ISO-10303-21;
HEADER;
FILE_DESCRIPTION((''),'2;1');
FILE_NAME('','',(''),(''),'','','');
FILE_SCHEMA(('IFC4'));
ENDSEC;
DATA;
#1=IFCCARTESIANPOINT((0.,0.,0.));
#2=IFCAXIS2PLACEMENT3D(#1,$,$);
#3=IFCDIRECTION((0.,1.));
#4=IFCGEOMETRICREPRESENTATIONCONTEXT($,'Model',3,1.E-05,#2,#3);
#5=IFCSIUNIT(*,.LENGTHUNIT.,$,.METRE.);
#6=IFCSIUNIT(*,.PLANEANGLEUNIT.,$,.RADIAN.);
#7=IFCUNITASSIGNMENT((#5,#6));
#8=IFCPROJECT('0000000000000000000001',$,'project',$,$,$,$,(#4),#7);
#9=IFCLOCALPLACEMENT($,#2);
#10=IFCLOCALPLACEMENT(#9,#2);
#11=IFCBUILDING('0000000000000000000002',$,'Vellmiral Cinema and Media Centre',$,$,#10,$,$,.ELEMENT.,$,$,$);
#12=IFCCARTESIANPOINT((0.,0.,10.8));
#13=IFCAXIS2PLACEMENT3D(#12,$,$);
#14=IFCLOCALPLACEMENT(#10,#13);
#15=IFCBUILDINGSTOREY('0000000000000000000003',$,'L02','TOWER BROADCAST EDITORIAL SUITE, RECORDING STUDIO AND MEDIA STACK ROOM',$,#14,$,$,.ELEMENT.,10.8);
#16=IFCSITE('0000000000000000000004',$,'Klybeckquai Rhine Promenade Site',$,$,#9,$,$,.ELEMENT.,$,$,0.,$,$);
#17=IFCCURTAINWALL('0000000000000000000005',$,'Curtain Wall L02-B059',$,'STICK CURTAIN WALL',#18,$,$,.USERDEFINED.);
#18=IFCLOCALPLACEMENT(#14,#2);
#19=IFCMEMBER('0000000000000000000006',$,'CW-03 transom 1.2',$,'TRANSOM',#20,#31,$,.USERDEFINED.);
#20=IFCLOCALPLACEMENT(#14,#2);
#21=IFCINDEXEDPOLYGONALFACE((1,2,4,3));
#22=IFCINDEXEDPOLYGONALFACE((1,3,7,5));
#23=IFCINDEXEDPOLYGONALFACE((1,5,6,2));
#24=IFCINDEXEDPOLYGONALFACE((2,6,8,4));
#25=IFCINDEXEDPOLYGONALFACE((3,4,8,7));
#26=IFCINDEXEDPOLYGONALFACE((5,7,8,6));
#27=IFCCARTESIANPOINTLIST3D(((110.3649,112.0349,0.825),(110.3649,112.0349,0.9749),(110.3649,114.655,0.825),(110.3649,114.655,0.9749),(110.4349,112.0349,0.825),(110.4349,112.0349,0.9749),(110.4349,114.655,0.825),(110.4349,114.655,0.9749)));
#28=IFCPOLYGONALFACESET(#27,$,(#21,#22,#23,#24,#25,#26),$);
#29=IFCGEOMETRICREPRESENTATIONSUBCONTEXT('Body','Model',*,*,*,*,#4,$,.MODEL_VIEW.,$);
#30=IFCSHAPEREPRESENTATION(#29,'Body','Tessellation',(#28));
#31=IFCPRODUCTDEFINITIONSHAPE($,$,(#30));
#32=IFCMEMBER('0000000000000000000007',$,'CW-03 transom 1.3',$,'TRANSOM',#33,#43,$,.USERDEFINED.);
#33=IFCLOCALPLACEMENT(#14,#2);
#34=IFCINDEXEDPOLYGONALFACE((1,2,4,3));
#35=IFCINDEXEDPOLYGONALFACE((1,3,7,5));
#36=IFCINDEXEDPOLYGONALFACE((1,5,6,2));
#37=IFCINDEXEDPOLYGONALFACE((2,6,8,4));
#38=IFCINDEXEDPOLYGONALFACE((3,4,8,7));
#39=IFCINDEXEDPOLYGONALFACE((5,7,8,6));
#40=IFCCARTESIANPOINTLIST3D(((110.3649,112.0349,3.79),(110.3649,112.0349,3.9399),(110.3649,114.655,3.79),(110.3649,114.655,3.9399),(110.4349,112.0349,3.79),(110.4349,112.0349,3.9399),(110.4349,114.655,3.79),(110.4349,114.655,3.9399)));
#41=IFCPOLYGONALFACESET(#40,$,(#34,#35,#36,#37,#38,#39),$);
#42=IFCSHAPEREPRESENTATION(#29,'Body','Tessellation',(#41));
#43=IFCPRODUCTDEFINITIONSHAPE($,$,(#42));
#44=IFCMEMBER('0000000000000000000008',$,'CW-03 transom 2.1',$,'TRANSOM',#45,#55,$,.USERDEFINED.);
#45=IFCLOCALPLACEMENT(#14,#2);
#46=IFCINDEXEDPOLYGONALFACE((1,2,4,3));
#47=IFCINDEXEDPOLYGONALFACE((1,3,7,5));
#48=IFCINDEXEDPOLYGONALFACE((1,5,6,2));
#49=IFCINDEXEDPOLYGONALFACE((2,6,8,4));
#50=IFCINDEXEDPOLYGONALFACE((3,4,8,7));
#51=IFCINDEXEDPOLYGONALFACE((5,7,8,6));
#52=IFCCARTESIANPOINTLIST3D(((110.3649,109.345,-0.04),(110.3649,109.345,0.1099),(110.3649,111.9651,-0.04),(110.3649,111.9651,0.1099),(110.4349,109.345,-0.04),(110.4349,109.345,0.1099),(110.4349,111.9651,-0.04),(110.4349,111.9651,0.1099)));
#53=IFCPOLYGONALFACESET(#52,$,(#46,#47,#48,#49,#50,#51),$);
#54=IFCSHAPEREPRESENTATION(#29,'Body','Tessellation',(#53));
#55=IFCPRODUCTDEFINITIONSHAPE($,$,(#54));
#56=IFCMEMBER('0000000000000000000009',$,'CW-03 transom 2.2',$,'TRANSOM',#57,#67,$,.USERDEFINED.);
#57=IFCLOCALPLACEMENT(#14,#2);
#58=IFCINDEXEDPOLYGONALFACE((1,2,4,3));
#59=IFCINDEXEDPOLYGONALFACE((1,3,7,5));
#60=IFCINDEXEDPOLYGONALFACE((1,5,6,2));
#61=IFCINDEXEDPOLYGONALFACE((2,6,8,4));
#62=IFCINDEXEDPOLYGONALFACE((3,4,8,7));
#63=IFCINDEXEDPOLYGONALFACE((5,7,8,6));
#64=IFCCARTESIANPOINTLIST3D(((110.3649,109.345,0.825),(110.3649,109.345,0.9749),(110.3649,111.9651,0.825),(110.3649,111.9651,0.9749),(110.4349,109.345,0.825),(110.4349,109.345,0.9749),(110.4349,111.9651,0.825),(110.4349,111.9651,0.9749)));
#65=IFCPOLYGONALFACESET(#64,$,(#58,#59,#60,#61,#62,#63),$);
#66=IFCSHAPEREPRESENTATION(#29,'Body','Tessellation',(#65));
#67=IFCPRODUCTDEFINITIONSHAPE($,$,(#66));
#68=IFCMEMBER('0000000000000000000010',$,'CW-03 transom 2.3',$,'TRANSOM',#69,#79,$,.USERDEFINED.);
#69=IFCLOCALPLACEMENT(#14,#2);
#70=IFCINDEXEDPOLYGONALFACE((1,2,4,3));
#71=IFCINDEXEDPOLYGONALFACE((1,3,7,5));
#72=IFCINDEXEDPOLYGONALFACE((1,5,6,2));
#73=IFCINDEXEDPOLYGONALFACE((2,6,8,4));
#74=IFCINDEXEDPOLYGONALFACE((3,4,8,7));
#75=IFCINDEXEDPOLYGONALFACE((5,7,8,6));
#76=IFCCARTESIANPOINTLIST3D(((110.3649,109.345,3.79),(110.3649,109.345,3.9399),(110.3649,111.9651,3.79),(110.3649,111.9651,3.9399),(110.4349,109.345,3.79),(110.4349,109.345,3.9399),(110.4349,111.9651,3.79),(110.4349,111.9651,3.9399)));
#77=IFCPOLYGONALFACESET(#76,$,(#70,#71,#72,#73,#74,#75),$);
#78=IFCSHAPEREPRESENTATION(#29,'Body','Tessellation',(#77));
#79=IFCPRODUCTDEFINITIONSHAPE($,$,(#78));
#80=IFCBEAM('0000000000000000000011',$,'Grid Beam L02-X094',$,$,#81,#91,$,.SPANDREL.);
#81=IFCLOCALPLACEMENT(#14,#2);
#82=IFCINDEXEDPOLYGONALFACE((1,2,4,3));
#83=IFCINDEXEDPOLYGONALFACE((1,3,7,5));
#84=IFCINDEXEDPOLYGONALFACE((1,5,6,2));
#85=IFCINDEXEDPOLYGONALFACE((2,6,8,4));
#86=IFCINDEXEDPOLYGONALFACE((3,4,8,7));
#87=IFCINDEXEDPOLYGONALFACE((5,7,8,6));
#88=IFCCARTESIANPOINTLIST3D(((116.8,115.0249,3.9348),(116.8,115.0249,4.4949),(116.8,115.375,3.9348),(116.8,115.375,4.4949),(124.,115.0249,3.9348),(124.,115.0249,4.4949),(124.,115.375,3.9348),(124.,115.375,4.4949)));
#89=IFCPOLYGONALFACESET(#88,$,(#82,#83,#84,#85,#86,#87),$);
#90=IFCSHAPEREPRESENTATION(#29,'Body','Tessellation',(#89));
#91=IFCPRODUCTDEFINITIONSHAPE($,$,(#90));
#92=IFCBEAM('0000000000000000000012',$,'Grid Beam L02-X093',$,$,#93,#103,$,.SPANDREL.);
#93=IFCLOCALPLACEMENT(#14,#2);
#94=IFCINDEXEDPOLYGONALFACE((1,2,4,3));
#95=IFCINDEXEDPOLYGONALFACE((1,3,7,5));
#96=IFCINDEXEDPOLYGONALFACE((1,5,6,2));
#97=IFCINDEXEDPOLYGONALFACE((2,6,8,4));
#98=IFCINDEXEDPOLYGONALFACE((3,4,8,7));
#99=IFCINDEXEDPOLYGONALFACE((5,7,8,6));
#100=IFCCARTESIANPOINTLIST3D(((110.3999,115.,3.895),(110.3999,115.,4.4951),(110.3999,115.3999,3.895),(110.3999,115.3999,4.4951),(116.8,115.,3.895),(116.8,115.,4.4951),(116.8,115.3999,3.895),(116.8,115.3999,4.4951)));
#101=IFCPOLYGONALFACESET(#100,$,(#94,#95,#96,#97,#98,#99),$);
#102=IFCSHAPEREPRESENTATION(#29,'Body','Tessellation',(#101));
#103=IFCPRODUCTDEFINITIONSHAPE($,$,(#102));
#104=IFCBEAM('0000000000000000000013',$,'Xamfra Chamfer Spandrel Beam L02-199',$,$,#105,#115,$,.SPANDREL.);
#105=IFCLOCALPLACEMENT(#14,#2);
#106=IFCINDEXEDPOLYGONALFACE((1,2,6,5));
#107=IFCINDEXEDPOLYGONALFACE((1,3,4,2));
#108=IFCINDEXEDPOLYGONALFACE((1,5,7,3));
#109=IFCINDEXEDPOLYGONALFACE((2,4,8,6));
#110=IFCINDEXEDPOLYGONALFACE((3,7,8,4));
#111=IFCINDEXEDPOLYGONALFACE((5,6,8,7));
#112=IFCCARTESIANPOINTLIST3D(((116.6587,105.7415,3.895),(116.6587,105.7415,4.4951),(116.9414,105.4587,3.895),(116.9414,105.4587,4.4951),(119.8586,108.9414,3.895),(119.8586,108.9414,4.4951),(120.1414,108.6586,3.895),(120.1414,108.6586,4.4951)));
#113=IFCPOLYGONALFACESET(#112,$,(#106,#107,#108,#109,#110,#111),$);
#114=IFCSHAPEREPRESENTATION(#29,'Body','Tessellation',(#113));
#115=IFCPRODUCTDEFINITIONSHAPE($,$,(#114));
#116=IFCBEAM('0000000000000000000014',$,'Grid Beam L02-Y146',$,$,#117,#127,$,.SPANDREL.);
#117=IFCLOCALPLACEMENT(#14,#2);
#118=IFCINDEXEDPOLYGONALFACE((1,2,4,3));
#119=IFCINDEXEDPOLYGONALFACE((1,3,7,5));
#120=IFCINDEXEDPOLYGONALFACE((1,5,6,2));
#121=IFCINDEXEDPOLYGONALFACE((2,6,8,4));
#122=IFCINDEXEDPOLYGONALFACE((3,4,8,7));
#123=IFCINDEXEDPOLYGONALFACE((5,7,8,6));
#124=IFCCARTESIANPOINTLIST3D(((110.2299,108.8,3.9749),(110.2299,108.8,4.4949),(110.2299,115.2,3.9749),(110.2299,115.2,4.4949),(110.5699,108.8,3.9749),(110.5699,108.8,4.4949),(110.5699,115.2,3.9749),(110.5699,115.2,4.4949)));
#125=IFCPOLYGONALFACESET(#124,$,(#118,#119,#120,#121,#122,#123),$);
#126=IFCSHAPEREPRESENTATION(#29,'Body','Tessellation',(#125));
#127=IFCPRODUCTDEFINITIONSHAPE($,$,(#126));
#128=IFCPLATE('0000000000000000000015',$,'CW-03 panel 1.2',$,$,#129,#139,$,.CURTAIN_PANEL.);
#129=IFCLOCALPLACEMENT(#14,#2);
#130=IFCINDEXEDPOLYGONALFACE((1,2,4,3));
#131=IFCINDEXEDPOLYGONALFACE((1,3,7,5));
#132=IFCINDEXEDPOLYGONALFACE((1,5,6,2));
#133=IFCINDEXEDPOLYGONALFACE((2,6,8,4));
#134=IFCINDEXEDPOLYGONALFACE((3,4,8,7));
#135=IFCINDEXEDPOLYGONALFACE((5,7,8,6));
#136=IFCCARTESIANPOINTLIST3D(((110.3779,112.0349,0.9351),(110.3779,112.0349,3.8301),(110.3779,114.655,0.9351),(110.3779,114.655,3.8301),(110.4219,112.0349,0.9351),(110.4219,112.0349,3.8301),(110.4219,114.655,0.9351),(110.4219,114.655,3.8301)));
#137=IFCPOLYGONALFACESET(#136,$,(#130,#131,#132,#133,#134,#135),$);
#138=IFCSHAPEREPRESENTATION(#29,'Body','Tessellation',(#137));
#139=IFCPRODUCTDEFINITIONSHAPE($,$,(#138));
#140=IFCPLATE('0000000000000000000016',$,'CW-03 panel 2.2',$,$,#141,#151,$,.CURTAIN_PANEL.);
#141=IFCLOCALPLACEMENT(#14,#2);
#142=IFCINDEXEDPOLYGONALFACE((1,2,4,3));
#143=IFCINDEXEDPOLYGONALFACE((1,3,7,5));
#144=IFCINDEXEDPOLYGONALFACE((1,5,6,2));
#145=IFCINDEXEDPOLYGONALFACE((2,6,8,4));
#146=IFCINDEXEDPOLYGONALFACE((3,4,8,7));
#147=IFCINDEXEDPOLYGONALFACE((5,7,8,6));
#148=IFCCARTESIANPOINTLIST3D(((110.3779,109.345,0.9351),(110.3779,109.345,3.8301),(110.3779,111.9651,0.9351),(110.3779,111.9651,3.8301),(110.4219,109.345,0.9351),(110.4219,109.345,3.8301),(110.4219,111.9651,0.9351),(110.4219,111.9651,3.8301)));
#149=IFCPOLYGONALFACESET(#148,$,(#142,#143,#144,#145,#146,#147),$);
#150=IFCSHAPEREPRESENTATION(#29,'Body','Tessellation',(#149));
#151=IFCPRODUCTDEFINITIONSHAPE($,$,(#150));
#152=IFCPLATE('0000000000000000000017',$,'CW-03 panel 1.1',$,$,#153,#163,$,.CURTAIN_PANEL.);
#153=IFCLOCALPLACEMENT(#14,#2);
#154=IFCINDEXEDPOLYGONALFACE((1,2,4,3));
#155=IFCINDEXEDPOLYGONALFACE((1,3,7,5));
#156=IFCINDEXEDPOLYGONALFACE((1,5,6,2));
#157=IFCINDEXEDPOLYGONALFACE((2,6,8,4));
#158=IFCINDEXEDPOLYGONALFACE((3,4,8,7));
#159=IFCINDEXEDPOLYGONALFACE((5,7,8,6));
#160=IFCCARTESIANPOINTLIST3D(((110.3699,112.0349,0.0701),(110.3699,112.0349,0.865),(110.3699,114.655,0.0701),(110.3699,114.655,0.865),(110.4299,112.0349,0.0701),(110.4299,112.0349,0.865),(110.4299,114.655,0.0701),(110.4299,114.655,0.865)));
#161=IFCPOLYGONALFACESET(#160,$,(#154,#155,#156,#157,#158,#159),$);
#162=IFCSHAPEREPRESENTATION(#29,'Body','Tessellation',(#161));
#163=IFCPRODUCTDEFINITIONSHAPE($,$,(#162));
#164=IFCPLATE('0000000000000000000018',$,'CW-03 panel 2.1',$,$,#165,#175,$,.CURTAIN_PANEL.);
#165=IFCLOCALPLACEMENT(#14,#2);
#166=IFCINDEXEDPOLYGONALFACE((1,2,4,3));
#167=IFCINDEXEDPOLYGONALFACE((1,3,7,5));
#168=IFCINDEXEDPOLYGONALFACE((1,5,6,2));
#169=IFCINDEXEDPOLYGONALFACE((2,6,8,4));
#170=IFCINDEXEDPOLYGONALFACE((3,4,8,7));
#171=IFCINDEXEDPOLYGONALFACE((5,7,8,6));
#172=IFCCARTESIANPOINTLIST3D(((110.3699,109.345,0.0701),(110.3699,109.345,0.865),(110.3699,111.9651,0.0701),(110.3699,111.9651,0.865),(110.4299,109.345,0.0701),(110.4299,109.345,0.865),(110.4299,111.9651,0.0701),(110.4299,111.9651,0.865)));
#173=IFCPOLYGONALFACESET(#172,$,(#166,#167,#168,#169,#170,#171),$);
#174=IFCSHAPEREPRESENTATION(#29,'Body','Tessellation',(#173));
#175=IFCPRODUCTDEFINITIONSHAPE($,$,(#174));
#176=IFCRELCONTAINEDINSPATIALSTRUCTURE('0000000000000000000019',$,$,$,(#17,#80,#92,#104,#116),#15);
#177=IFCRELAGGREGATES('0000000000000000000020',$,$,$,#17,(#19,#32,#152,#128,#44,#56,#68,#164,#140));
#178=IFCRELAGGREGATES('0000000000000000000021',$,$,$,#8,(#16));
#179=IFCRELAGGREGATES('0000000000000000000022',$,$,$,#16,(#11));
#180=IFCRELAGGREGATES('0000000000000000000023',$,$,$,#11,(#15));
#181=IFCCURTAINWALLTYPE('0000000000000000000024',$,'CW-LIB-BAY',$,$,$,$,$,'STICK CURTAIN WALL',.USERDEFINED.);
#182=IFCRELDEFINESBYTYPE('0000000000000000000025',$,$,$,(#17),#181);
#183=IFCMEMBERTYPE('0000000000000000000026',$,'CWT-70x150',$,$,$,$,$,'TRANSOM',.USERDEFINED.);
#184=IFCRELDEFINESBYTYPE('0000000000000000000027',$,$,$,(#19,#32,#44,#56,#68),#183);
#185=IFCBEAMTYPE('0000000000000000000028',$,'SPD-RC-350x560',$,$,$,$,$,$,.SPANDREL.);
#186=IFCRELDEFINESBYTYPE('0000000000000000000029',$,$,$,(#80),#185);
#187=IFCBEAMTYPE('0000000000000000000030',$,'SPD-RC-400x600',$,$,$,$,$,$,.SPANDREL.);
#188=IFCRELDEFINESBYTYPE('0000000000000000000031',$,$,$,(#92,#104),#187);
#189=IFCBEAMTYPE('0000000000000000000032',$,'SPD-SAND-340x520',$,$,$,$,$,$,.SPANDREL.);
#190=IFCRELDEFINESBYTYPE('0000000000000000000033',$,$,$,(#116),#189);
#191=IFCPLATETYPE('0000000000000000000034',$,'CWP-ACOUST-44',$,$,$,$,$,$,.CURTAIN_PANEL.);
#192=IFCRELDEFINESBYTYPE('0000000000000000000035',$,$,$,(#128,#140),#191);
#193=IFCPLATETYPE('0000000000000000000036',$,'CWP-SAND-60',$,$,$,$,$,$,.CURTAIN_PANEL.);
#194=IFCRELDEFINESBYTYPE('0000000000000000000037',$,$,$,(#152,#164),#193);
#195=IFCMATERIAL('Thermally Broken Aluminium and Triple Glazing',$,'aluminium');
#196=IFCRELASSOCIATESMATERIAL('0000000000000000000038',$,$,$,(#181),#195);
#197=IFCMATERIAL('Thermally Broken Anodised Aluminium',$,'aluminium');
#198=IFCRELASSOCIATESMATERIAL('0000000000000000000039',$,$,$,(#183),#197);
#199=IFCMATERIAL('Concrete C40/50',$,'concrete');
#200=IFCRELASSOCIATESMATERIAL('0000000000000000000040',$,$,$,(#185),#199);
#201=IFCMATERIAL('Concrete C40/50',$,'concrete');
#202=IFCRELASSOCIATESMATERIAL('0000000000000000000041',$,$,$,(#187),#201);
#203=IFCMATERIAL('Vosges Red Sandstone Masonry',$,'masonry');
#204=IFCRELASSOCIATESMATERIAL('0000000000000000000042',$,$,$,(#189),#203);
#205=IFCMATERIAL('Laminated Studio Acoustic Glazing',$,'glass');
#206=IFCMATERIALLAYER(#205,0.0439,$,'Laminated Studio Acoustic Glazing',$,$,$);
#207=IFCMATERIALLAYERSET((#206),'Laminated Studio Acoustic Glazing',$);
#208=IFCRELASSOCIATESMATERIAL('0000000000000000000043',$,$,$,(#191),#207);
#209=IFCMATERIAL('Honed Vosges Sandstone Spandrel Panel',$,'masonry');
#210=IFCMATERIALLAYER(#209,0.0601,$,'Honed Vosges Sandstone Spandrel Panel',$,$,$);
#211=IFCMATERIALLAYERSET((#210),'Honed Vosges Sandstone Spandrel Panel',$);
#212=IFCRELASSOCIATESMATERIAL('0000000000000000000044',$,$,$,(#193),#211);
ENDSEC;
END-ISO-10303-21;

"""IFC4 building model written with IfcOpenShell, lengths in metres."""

from ifc_helpers import new_model, si_unit, direction, frame, origin, origin_2d, place, context, subcontext, project, spatial, rectangle, extrude, material, layer, layer_set, material_profile, profile_set, type_object, element, aggregate, save


model = new_model("IFC4")

# Units and contexts
model_context = context("Model", 3, precision=1e-05, world=origin(), true_north=direction((0.0, 1.0)))
body_context = subcontext(model_context, "Body", "Model", "MODEL_VIEW")
ifc_project = project(units=[si_unit("LENGTHUNIT", "METRE"), si_unit("PLANEANGLEUNIT", "RADIAN")], contexts=[model_context])

# Site, building, storey
site_placement = place(None, origin())
site = spatial("IfcSite", under=ifc_project, at=site_placement, Name="Klybeckquai Rhine Promenade Site", CompositionType="ELEMENT", RefElevation=0.0)
building_placement = place(site_placement, origin())
building = spatial("IfcBuilding", under=site, at=building_placement, Name="Vellmiral Cinema and Media Centre", CompositionType="ELEMENT")
storey_placement = place(building_placement, frame((0.0, 0.0, 10.8)))
storey = spatial("IfcBuildingStorey", under=building, at=storey_placement, Name="L02", Description="TOWER BROADCAST EDITORIAL SUITE, RECORDING STUDIO AND MEDIA STACK ROOM", CompositionType="ELEMENT", Elevation=10.8)

# Curtain wall, members
ifc_material_1 = material(Name="Thermally Broken Aluminium and Triple Glazing", Category="aluminium")
curtain_wall_type = type_object("IfcCurtainWallType", Name="CW-LIB-BAY", ElementType="STICK CURTAIN WALL", PredefinedType="USERDEFINED", material=ifc_material_1)
curtain_wall_placement = place(storey_placement, origin())
curtain_wall = element("IfcCurtainWall", 1, at=curtain_wall_placement, inside=storey, type_object=curtain_wall_type, Name="Curtain Wall L02-B059", ObjectType="STICK CURTAIN WALL", PredefinedType="USERDEFINED")
ifc_material_2 = material(Name="Thermally Broken Anodised Aluminium", Category="aluminium")
ifc_material_profile_1 = material_profile(ifc_material_2, rectangle(XDim=0.0701, YDim=0.1499, at=origin_2d()), Name="MULL 70x150")
ifc_profile_set_1 = profile_set([ifc_material_profile_1], Name="Thermally Broken Anodised Aluminium")
member_type_1 = type_object("IfcMemberType", Name="CWT-70x150", ElementType="TRANSOM", PredefinedType="USERDEFINED", material=ifc_profile_set_1)
member_1_placement = place(storey_placement, frame((110.3999, 114.655, 0.8999), z_axis=(0.0, -1.0, 0.0), x_axis=(1.0, 0.0, 0.0)))
member_1 = element("IfcMember", 2, at=member_1_placement, type_object=member_type_1, Name="CW-03 transom 1.2", ObjectType="TRANSOM", PredefinedType="USERDEFINED", context=body_context, shape_type="SweptSolid", body=[
    extrude(rectangle(XDim=0.0701, YDim=0.1499, at=origin_2d()), origin(), (0.0, 0.0, 1.0), 2.6201),
])
member_2_placement = place(storey_placement, frame((110.3999, 114.655, 3.865), z_axis=(0.0, -1.0, 0.0), x_axis=(1.0, 0.0, 0.0)))
member_2 = element("IfcMember", 3, at=member_2_placement, type_object=member_type_1, Name="CW-03 transom 1.3", ObjectType="TRANSOM", PredefinedType="USERDEFINED", context=body_context, shape_type="SweptSolid", body=[
    extrude(rectangle(XDim=0.0701, YDim=0.1499, at=origin_2d()), origin(), (0.0, 0.0, 1.0), 2.6201),
])
member_3_placement = place(storey_placement, frame((110.3999, 111.9651, 0.0349), z_axis=(0.0, -1.0, 0.0), x_axis=(1.0, 0.0, 0.0)))
member_3 = element("IfcMember", 4, at=member_3_placement, type_object=member_type_1, Name="CW-03 transom 2.1", ObjectType="TRANSOM", PredefinedType="USERDEFINED", context=body_context, shape_type="SweptSolid", body=[
    extrude(rectangle(XDim=0.0701, YDim=0.1499, at=origin_2d()), origin(), (0.0, 0.0, 1.0), 2.6201),
])
member_4_placement = place(storey_placement, frame((110.3999, 111.9651, 0.8999), z_axis=(0.0, -1.0, 0.0), x_axis=(1.0, 0.0, 0.0)))
member_4 = element("IfcMember", 5, at=member_4_placement, type_object=member_type_1, Name="CW-03 transom 2.2", ObjectType="TRANSOM", PredefinedType="USERDEFINED", context=body_context, shape_type="SweptSolid", body=[
    extrude(rectangle(XDim=0.0701, YDim=0.1499, at=origin_2d()), origin(), (0.0, 0.0, 1.0), 2.6201),
])
member_5_placement = place(storey_placement, frame((110.3999, 111.9651, 3.865), z_axis=(0.0, -1.0, 0.0), x_axis=(1.0, 0.0, 0.0)))
member_5 = element("IfcMember", 6, at=member_5_placement, type_object=member_type_1, Name="CW-03 transom 2.3", ObjectType="TRANSOM", PredefinedType="USERDEFINED", context=body_context, shape_type="SweptSolid", body=[
    extrude(rectangle(XDim=0.0701, YDim=0.1499, at=origin_2d()), origin(), (0.0, 0.0, 1.0), 2.6201),
])

# Beams
ifc_material_3 = material(Name="Concrete C40/50", Category="concrete")
ifc_material_profile_2 = material_profile(ifc_material_3, rectangle(XDim=0.3501, YDim=0.5601, at=origin_2d()), Name="RC 350x560")
ifc_profile_set_2 = profile_set([ifc_material_profile_2], Name="Concrete C40/50")
beam_type_1 = type_object("IfcBeamType", Name="SPD-RC-350x560", PredefinedType="SPANDREL", material=ifc_profile_set_2)
beam_1_placement = place(storey_placement, frame((116.8, 115.2, 4.2148), z_axis=(1.0, 0.0, 0.0), x_axis=(0.0, 1.0, 0.0)))
element("IfcBeam", 7, at=beam_1_placement, inside=storey, type_object=beam_type_1, Name="Grid Beam L02-X094", PredefinedType="SPANDREL", context=body_context, shape_type="SweptSolid", body=[
    extrude(rectangle(XDim=0.3501, YDim=0.5601, at=origin_2d()), origin(), (0.0, 0.0, 1.0), 7.2),
])
ifc_material_4 = material(Name="Concrete C40/50", Category="concrete")
ifc_material_profile_3 = material_profile(ifc_material_4, rectangle(XDim=0.3999, YDim=0.6001, at=origin_2d()), Name="RC 400x600")
ifc_profile_set_3 = profile_set([ifc_material_profile_3], Name="Concrete C40/50")
beam_type_2 = type_object("IfcBeamType", Name="SPD-RC-400x600", PredefinedType="SPANDREL", material=ifc_profile_set_3)
beam_2_placement = place(storey_placement, frame((110.3999, 115.2, 4.1951), z_axis=(1.0, 0.0, 0.0), x_axis=(0.0, 1.0, 0.0)))
element("IfcBeam", 8, at=beam_2_placement, inside=storey, type_object=beam_type_2, Name="Grid Beam L02-X093", PredefinedType="SPANDREL", context=body_context, shape_type="SweptSolid", body=[
    extrude(rectangle(XDim=0.3999, YDim=0.6001, at=origin_2d()), origin(), (0.0, 0.0, 1.0), 6.4001),
])
beam_3_placement = place(storey_placement, frame((116.8, 105.6001, 4.1951), z_axis=(0.707107, 0.707107, 0.0), x_axis=(-0.707107, 0.707107, 0.0)))
element("IfcBeam", 9, at=beam_3_placement, inside=storey, type_object=beam_type_2, Name="Xamfra Chamfer Spandrel Beam L02-199", PredefinedType="SPANDREL", context=body_context, shape_type="SweptSolid", body=[
    extrude(rectangle(XDim=0.3999, YDim=0.6001, at=origin_2d()), origin(), (0.0, 0.0, 1.0), 4.5254),
])
ifc_material_5 = material(Name="Vosges Red Sandstone Masonry", Category="masonry")
ifc_material_profile_4 = material_profile(ifc_material_5, rectangle(XDim=0.3401, YDim=0.52, at=origin_2d()), Name="SAND 340x520")
ifc_profile_set_4 = profile_set([ifc_material_profile_4], Name="Vosges Red Sandstone Masonry")
beam_type_3 = type_object("IfcBeamType", Name="SPD-SAND-340x520", PredefinedType="SPANDREL", material=ifc_profile_set_4)
beam_4_placement = place(storey_placement, frame((110.3999, 108.8, 4.2349), z_axis=(0.0, 1.0, 0.0), x_axis=(-1.0, 0.0, 0.0)))
element("IfcBeam", 10, at=beam_4_placement, inside=storey, type_object=beam_type_3, Name="Grid Beam L02-Y146", PredefinedType="SPANDREL", context=body_context, shape_type="SweptSolid", body=[
    extrude(rectangle(XDim=0.3401, YDim=0.52, at=origin_2d()), origin(), (0.0, 0.0, 1.0), 6.3999),
])

# Plates
ifc_material_6 = material(Name="Laminated Studio Acoustic Glazing", Category="glass")
ifc_layer_1 = layer(ifc_material_6, 0.0439, Name="Laminated Studio Acoustic Glazing")
ifc_layer_set_1 = layer_set([ifc_layer_1], Name="Laminated Studio Acoustic Glazing")
plate_type_1 = type_object("IfcPlateType", Name="CWP-ACOUST-44", PredefinedType="CURTAIN_PANEL", material=ifc_layer_set_1)
plate_1_placement = place(storey_placement, frame((110.3999, 113.345, 0.9351), z_axis=(0.0, 0.0, 1.0), x_axis=(0.0, -1.0, 0.0)))
plate_1 = element("IfcPlate", 11, at=plate_1_placement, type_object=plate_type_1, Name="CW-03 panel 1.2", PredefinedType="CURTAIN_PANEL", context=body_context, shape_type="SweptSolid", body=[
    extrude(rectangle(XDim=2.6201, YDim=0.0439, at=origin_2d()), origin(), (0.0, 0.0, 1.0), 2.895),
])
plate_2_placement = place(storey_placement, frame((110.3999, 110.655, 0.9351), z_axis=(0.0, 0.0, 1.0), x_axis=(0.0, -1.0, 0.0)))
plate_2 = element("IfcPlate", 12, at=plate_2_placement, type_object=plate_type_1, Name="CW-03 panel 2.2", PredefinedType="CURTAIN_PANEL", context=body_context, shape_type="SweptSolid", body=[
    extrude(rectangle(XDim=2.6201, YDim=0.0439, at=origin_2d()), origin(), (0.0, 0.0, 1.0), 2.895),
])
ifc_material_7 = material(Name="Honed Vosges Sandstone Spandrel Panel", Category="masonry")
ifc_layer_2 = layer(ifc_material_7, 0.0601, Name="Honed Vosges Sandstone Spandrel Panel")
ifc_layer_set_2 = layer_set([ifc_layer_2], Name="Honed Vosges Sandstone Spandrel Panel")
plate_type_2 = type_object("IfcPlateType", Name="CWP-SAND-60", PredefinedType="CURTAIN_PANEL", material=ifc_layer_set_2)
plate_3_placement = place(storey_placement, frame((110.3999, 113.345, 0.0701), z_axis=(0.0, 0.0, 1.0), x_axis=(0.0, -1.0, 0.0)))
plate_3 = element("IfcPlate", 13, at=plate_3_placement, type_object=plate_type_2, Name="CW-03 panel 1.1", PredefinedType="CURTAIN_PANEL", context=body_context, shape_type="SweptSolid", body=[
    extrude(rectangle(XDim=2.6201, YDim=0.0601, at=origin_2d()), origin(), (0.0, 0.0, 1.0), 0.7949),
])
plate_4_placement = place(storey_placement, frame((110.3999, 110.655, 0.0701), z_axis=(0.0, 0.0, 1.0), x_axis=(0.0, -1.0, 0.0)))
plate_4 = element("IfcPlate", 14, at=plate_4_placement, type_object=plate_type_2, Name="CW-03 panel 2.1", PredefinedType="CURTAIN_PANEL", context=body_context, shape_type="SweptSolid", body=[
    extrude(rectangle(XDim=2.6201, YDim=0.0601, at=origin_2d()), origin(), (0.0, 0.0, 1.0), 0.7949),
])
aggregate(curtain_wall, [member_1, member_2, plate_3, plate_1, member_3, member_4, member_5, plate_4, plate_2])

save(model, "model.ifc")
